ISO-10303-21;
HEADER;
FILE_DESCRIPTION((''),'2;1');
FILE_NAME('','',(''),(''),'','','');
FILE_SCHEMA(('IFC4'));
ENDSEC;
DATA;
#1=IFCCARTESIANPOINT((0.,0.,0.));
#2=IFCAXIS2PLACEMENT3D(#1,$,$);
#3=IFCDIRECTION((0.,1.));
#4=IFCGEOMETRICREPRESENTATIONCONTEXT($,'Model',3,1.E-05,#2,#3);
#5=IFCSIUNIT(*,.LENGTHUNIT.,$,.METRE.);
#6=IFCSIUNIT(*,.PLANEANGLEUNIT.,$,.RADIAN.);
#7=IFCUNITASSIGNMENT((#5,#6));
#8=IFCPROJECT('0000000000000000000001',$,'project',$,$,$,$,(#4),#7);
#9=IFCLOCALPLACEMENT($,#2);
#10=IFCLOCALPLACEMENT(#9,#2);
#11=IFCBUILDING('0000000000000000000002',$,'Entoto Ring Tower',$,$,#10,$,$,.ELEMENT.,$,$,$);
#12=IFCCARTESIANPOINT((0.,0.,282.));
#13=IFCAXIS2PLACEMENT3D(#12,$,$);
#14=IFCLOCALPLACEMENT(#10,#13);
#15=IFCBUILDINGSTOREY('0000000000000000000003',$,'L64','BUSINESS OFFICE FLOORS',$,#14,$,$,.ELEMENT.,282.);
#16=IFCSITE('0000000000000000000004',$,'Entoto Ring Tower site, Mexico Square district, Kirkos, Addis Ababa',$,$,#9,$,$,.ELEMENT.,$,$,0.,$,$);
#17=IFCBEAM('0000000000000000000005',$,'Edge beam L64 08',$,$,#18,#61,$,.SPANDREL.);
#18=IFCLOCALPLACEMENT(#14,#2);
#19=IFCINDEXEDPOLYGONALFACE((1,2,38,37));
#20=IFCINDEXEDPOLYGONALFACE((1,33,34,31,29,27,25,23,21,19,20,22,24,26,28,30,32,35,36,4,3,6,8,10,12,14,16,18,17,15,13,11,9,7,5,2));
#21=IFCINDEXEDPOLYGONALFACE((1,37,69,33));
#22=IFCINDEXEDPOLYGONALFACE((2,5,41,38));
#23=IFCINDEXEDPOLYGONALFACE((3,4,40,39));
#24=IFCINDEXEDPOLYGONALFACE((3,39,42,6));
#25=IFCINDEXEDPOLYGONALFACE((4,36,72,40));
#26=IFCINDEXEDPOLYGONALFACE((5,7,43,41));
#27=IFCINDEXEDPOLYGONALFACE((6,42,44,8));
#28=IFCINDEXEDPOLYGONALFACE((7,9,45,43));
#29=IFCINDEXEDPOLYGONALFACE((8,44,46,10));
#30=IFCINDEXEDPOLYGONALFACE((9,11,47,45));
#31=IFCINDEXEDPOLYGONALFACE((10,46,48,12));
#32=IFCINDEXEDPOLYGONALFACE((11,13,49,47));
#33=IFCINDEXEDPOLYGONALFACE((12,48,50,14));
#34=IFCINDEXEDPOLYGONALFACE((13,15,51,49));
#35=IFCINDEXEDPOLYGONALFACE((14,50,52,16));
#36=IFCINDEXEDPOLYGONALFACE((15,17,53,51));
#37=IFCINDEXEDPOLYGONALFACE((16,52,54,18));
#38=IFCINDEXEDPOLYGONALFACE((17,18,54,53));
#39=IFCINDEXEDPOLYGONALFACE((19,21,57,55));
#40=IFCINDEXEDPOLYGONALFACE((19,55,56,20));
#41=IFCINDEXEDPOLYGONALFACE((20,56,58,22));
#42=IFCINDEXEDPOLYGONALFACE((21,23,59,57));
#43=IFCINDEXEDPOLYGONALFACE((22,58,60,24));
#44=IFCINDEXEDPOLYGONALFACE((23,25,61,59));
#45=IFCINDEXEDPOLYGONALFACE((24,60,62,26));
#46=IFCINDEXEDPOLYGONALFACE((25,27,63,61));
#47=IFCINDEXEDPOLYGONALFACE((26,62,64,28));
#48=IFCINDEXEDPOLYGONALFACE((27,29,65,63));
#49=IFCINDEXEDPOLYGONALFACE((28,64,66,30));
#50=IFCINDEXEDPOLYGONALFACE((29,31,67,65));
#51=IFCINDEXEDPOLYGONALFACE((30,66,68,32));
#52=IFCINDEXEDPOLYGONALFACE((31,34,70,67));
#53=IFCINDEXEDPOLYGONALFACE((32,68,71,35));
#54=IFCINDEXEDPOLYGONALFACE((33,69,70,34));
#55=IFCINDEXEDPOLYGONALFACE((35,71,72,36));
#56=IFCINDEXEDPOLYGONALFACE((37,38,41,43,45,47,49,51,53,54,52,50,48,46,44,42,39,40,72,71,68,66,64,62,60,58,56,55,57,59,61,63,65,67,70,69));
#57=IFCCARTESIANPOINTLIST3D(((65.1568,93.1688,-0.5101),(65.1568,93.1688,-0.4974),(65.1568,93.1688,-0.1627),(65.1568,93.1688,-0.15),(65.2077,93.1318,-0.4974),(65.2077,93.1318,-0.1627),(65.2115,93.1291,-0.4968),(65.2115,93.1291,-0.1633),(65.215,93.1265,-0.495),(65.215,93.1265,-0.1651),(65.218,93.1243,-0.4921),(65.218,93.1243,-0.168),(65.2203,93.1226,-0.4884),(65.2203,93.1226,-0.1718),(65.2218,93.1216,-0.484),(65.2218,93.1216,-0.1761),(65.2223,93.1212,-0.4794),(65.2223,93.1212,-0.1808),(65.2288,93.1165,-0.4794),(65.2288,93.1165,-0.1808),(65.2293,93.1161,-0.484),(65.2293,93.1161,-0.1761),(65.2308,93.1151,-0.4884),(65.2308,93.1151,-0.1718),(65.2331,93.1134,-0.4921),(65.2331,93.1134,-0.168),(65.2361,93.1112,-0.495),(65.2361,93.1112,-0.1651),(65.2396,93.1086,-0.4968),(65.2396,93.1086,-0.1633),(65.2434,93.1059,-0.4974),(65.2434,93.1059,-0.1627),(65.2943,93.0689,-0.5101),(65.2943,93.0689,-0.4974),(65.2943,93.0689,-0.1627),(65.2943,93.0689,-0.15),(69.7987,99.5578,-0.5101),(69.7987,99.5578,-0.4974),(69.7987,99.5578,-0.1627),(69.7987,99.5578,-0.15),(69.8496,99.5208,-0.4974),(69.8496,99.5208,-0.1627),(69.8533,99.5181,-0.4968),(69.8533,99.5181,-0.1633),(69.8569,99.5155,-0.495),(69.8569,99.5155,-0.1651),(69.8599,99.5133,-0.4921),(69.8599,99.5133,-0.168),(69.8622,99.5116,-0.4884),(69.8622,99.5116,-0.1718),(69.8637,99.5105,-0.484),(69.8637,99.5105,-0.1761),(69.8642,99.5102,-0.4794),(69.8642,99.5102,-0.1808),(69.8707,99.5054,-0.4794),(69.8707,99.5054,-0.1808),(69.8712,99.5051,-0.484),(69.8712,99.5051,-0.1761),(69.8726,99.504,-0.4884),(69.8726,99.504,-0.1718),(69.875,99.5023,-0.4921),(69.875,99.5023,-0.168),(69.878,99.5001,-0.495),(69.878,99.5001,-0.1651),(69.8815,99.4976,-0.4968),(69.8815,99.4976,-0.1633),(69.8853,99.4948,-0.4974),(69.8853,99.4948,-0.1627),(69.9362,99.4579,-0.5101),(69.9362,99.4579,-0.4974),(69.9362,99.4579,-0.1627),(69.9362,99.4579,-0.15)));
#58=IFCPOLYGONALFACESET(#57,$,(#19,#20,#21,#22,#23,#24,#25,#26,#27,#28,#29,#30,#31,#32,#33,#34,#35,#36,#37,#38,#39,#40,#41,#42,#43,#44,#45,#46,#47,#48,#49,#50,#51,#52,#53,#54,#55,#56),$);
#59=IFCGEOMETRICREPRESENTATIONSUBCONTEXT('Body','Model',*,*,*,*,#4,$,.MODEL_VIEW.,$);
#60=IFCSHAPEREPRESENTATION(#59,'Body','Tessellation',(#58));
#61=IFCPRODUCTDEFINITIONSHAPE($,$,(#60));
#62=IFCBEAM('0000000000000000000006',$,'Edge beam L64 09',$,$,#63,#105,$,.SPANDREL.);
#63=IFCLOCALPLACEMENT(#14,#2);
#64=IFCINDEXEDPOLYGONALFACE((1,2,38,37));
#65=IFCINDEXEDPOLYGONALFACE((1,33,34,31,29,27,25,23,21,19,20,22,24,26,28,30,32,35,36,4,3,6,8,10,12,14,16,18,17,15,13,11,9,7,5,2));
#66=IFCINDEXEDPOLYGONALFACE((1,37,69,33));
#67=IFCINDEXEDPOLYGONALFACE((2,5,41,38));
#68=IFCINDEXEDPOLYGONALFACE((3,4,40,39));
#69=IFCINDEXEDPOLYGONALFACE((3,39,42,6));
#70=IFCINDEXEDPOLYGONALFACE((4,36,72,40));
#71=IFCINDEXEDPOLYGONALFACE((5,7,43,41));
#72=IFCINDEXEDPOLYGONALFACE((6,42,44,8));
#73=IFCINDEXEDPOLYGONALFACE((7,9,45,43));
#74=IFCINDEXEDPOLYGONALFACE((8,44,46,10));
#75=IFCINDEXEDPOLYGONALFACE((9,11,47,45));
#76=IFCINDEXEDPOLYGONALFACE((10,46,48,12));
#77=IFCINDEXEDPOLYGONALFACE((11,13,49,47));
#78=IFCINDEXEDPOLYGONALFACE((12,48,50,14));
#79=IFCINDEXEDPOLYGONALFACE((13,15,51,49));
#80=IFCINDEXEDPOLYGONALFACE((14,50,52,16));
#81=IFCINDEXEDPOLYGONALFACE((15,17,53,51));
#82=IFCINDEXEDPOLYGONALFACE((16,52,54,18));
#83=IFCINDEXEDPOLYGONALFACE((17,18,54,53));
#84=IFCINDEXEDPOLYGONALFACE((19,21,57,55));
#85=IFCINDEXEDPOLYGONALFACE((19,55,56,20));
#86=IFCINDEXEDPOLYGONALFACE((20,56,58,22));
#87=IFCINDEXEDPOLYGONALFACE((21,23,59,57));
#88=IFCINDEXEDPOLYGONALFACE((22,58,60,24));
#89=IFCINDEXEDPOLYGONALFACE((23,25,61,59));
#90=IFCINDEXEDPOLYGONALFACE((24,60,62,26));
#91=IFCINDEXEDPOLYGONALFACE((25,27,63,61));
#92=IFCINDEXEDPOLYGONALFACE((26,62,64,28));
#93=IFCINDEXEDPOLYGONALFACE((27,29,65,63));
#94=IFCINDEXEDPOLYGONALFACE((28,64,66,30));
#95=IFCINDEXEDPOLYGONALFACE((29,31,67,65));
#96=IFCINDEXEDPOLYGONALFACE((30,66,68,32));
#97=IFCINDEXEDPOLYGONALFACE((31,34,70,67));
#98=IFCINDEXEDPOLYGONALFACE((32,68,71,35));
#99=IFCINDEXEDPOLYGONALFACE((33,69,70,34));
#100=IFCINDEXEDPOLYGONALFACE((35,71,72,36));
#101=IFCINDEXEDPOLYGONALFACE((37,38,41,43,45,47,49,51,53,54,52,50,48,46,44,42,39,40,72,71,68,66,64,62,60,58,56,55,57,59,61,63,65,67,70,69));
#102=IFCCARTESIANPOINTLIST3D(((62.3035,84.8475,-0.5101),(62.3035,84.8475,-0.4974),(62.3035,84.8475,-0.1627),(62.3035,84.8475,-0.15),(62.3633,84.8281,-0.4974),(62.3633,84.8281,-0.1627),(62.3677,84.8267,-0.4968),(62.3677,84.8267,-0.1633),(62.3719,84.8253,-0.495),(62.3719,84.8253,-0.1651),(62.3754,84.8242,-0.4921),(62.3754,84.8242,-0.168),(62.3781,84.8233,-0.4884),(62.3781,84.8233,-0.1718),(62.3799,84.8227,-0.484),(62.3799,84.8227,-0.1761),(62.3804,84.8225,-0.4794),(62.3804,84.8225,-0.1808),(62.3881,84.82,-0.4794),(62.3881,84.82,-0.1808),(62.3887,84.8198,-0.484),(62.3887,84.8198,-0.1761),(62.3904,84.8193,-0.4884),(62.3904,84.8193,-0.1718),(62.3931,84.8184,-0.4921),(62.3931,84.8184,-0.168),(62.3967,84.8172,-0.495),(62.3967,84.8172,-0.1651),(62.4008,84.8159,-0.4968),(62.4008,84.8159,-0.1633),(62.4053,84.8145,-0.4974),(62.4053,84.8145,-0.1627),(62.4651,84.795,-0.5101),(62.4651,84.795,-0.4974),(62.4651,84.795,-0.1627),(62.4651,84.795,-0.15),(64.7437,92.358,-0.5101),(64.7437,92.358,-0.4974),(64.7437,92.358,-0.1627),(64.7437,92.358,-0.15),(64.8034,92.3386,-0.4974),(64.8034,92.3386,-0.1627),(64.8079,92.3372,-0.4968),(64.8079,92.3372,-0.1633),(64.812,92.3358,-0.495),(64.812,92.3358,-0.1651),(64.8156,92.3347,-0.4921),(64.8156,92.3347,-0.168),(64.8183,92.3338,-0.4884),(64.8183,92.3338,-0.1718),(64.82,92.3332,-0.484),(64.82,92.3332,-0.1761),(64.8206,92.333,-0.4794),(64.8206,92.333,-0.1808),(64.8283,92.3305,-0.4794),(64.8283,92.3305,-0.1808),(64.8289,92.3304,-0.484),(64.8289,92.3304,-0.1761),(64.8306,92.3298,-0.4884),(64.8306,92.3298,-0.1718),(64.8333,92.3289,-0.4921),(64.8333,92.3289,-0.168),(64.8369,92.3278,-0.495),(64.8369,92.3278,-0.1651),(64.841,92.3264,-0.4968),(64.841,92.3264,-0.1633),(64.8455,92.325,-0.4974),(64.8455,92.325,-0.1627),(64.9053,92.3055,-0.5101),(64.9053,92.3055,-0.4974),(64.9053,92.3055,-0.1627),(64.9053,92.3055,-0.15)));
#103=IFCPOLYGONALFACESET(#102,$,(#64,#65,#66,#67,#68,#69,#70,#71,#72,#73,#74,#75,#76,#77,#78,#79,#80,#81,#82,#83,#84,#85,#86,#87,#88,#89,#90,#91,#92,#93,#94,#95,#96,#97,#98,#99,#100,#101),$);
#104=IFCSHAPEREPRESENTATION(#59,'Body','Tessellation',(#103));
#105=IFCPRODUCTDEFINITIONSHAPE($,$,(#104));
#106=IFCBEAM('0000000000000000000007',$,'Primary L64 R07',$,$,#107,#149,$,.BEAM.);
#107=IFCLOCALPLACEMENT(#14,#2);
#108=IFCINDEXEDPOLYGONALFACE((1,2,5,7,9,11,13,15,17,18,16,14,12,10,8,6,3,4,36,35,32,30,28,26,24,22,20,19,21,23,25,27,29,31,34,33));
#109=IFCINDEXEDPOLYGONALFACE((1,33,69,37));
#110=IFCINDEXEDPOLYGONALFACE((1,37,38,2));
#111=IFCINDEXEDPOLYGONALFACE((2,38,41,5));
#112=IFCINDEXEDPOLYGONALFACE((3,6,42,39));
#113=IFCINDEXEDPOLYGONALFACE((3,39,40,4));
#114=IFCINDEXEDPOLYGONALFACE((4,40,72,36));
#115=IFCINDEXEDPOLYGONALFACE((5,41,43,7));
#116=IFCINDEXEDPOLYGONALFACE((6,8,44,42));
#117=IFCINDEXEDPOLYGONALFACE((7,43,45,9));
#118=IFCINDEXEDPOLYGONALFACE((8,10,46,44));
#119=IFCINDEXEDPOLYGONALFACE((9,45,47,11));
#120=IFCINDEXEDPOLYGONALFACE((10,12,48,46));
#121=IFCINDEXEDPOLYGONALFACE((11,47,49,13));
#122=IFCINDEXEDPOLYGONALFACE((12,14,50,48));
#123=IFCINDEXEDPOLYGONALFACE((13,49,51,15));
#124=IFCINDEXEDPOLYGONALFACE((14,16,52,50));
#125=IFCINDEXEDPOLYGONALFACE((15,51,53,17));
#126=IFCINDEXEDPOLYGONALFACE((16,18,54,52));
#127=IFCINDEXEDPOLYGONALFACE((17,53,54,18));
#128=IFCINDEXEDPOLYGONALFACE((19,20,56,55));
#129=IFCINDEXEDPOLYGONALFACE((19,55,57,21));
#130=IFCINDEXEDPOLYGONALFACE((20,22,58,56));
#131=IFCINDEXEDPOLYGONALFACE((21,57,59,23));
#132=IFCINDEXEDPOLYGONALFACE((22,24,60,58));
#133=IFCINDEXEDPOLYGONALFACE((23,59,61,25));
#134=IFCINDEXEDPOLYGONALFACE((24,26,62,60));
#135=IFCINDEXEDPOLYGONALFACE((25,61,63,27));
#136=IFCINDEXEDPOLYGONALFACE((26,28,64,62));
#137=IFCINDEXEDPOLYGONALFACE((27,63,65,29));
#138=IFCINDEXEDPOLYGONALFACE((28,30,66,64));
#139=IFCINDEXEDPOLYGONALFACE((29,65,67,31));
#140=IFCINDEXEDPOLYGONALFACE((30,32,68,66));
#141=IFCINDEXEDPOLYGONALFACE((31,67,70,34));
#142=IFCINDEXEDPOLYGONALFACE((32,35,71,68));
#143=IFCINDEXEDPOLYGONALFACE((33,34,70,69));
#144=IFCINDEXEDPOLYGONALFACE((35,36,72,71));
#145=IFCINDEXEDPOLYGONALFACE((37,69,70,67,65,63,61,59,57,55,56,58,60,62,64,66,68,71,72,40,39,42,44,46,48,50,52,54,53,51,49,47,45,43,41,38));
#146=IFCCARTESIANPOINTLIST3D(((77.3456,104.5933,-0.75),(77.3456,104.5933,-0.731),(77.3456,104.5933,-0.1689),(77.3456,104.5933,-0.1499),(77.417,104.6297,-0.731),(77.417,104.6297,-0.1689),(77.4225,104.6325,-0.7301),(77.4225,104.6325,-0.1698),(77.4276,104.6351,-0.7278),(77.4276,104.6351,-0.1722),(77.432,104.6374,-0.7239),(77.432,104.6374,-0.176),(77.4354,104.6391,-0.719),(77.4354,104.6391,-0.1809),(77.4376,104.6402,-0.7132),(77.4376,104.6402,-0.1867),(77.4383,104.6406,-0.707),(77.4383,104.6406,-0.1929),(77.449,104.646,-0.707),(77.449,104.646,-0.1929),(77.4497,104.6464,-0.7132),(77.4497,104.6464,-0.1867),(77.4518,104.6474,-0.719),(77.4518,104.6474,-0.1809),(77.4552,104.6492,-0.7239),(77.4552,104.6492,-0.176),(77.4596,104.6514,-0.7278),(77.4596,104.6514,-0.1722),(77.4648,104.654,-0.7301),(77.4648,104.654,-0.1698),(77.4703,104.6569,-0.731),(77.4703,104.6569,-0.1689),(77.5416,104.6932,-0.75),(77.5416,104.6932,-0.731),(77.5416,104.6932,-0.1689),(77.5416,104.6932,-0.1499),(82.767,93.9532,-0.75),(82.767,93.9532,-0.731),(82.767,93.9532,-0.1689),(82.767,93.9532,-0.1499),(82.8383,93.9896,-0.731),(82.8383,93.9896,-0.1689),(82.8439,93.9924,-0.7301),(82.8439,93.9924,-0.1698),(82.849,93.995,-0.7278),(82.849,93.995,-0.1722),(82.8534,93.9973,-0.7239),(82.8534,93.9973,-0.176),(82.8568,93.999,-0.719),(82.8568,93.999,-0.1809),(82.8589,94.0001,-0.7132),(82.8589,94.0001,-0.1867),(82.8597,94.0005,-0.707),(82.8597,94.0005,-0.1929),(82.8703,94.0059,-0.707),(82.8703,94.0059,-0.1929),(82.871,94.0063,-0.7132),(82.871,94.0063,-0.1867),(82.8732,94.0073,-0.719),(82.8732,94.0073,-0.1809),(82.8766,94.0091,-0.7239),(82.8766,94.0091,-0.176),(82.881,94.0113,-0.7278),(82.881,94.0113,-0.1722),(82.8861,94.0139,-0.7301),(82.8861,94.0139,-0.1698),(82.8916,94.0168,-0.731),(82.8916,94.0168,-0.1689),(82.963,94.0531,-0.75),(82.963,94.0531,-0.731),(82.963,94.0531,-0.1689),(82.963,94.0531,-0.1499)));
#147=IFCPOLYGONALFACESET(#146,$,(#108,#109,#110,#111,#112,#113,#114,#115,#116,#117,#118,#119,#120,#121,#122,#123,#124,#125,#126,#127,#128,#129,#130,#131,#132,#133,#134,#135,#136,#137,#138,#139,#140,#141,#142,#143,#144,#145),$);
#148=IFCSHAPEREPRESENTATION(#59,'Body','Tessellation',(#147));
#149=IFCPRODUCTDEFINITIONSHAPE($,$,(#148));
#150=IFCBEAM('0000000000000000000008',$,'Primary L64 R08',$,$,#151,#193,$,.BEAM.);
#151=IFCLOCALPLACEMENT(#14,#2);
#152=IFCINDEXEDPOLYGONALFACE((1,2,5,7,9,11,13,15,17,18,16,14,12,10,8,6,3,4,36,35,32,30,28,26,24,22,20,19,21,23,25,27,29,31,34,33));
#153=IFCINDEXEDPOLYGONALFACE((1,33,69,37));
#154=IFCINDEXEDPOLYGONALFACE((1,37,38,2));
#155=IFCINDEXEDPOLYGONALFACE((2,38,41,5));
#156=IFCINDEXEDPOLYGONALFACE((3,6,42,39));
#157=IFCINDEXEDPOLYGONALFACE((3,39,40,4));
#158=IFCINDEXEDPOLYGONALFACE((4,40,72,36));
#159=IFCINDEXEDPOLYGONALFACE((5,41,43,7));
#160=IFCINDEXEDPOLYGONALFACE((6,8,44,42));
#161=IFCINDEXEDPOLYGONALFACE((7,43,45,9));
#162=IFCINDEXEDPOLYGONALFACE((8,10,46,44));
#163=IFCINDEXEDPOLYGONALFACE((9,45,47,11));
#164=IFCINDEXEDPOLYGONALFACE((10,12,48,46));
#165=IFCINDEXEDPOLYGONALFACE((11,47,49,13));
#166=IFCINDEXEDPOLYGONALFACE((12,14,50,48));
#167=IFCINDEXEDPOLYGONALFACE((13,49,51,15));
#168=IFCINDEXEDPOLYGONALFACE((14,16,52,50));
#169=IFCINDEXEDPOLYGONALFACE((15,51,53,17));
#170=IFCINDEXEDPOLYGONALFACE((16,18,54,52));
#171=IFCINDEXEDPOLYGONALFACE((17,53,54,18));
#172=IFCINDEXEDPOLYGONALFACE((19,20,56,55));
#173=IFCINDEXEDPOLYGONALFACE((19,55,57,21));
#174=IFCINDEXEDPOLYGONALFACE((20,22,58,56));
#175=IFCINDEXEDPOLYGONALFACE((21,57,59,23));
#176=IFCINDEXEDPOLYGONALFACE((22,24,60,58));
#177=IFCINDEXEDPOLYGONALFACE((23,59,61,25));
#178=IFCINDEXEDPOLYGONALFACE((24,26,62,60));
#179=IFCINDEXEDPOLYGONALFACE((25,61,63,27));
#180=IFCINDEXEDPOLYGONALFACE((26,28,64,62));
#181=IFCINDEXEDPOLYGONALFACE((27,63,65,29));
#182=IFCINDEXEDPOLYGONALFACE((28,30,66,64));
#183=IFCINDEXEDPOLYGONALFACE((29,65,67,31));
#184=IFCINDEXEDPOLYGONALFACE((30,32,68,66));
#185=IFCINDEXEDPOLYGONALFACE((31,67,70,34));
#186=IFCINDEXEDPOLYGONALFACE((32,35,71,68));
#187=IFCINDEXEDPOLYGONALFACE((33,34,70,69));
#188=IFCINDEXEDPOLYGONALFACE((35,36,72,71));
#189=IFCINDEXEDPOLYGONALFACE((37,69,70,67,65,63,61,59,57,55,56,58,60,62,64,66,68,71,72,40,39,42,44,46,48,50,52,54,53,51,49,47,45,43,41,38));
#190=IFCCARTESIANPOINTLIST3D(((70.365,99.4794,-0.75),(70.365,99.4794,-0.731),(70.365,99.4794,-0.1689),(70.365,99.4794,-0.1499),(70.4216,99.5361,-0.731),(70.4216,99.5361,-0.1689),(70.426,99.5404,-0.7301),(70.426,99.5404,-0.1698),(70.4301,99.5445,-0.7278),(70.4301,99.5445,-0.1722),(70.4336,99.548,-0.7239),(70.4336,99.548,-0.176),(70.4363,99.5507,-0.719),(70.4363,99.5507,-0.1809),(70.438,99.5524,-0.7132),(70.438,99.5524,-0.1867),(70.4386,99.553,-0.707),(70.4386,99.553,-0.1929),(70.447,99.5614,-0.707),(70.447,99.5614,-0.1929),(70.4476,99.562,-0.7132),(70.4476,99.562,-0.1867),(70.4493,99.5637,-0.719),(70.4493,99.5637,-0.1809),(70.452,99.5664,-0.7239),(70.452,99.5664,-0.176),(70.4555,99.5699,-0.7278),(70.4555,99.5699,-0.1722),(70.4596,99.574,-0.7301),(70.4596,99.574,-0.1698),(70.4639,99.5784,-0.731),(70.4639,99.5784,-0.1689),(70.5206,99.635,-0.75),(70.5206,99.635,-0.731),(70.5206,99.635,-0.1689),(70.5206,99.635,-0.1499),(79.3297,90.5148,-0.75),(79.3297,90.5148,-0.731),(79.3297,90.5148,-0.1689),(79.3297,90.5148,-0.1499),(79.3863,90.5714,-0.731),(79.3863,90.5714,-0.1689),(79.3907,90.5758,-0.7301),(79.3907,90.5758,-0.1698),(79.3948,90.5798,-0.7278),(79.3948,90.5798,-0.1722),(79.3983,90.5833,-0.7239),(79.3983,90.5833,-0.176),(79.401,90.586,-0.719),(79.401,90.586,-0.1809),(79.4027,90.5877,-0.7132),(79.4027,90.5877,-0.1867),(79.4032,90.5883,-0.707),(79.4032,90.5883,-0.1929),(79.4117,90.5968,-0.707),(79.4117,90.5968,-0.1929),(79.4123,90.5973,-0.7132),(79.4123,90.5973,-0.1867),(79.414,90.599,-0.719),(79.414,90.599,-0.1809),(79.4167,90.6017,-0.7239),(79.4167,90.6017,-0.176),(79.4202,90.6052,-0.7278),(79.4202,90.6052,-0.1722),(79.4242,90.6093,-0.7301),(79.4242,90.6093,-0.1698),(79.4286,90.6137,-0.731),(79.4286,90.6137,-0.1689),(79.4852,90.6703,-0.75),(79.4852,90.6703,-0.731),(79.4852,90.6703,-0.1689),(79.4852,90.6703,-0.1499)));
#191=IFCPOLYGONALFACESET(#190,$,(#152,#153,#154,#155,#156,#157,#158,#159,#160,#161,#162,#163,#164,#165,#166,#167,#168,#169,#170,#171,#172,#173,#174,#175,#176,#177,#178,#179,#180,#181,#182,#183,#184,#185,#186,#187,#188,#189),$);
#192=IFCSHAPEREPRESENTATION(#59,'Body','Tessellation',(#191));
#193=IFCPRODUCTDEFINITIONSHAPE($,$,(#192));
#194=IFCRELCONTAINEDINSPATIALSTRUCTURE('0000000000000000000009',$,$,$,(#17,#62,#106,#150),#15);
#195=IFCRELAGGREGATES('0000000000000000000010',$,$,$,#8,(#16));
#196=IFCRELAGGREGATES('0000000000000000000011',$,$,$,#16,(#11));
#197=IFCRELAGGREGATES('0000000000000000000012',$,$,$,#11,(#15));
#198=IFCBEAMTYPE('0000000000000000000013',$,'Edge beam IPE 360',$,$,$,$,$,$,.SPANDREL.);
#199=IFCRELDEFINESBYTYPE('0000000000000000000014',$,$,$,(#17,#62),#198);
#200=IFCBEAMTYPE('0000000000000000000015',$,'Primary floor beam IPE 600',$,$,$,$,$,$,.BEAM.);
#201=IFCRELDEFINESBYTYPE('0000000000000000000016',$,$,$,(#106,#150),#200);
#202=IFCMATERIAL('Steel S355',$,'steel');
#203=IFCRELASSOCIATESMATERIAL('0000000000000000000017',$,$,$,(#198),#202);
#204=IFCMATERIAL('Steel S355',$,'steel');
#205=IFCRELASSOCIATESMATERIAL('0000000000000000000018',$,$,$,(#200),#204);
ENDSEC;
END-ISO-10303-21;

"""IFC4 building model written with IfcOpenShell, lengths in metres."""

from ifc_helpers import new_model, si_unit, direction, frame, origin, origin_2d, place, context, subcontext, project, spatial, i_section, extrude, material, material_profile, profile_set, type_object, element, save


model = new_model("IFC4")

# Units and contexts
model_context = context("Model", 3, precision=1e-05, world=origin(), true_north=direction((0.0, 1.0)))
body_context = subcontext(model_context, "Body", "Model", "MODEL_VIEW")
ifc_project = project(units=[si_unit("LENGTHUNIT", "METRE"), si_unit("PLANEANGLEUNIT", "RADIAN")], contexts=[model_context])

# Site, building, storey
site_placement = place(None, origin())
site = spatial("IfcSite", under=ifc_project, at=site_placement, Name="Entoto Ring Tower site, Mexico Square district, Kirkos, Addis Ababa", CompositionType="ELEMENT", RefElevation=0.0)
building_placement = place(site_placement, origin())
building = spatial("IfcBuilding", under=site, at=building_placement, Name="Entoto Ring Tower", CompositionType="ELEMENT")
storey_placement = place(building_placement, frame((0.0, 0.0, 282.0)))
storey = spatial("IfcBuildingStorey", under=building, at=storey_placement, Name="L64", Description="BUSINESS OFFICE FLOORS", CompositionType="ELEMENT", Elevation=282.0)

# Beams
ifc_material_1 = material(Name="Steel S355", Category="steel")
ifc_material_profile_1 = material_profile(ifc_material_1, i_section(OverallWidth=0.1699, OverallDepth=0.3601, WebThickness=0.0081, FlangeThickness=0.0127, FilletRadius=0.0181, at=origin_2d()), Name="IPE 360")
ifc_profile_set_1 = profile_set([ifc_material_profile_1], Name="Steel S355")
beam_type_1 = type_object("IfcBeamType", Name="Edge beam IPE 360", PredefinedType="SPANDREL", material=ifc_profile_set_1)
for number, where, z_axis, x_axis, name in (
    (1, (69.8674, 99.5078, -0.3301), (-0.587787, -0.809015, 0.0), (0.809015, -0.587787, 0.0), "Edge beam L64 08"),
):
    element("IfcBeam", number, at=place(storey_placement, frame(where, z_axis=z_axis, x_axis=x_axis)), inside=storey, type_object=beam_type_1, Name=name, PredefinedType="SPANDREL", context=body_context, shape_type="SweptSolid", body=[
        extrude(i_section(OverallWidth=0.1699, OverallDepth=0.3601, WebThickness=0.0081, FlangeThickness=0.0127, FilletRadius=0.0181, at=origin_2d()), origin(), (0.0, 0.0, 1.0), 7.8972),
    ])
beam_1_placement = place(storey_placement, frame((64.8245, 92.3318, -0.3301), z_axis=(-0.309003, -0.951061, 0.0), x_axis=(0.951061, -0.309003, 0.0)))
element("IfcBeam", 2, at=beam_1_placement, inside=storey, type_object=beam_type_1, Name="Edge beam L64 09", PredefinedType="SPANDREL", context=body_context, shape_type="SweptSolid", body=[
    extrude(i_section(OverallWidth=0.1699, OverallDepth=0.3601, WebThickness=0.0081, FlangeThickness=0.0127, FilletRadius=0.0181, at=origin_2d()), origin(), (0.0, 0.0, 1.0), 7.897),
])
ifc_material_2 = material(Name="Steel S355", Category="steel")
ifc_material_profile_2 = material_profile(ifc_material_2, i_section(OverallWidth=0.22, OverallDepth=0.6001, WebThickness=0.012, FlangeThickness=0.019, FilletRadius=0.0239, at=origin_2d()), Name="IPE 600")
ifc_profile_set_2 = profile_set([ifc_material_profile_2], Name="Steel S355")
beam_type_2 = type_object("IfcBeamType", Name="Primary floor beam IPE 600", PredefinedType="BEAM", material=ifc_profile_set_2)
beam_2_placement = place(storey_placement, frame((82.865, 94.0032, -0.45), z_axis=(-0.453988, 0.891008, 0.0), x_axis=(-0.891008, -0.453988, 0.0)))
element("IfcBeam", 3, at=beam_2_placement, inside=storey, type_object=beam_type_2, Name="Primary L64 R07", PredefinedType="BEAM", context=body_context, shape_type="SweptSolid", body=[
    extrude(i_section(OverallWidth=0.22, OverallDepth=0.6001, WebThickness=0.012, FlangeThickness=0.019, FilletRadius=0.0239, at=origin_2d()), origin(), (0.0, 0.0, 1.0), 11.9417),
])
beam_3_placement = place(storey_placement, frame((79.4075, 90.5925, -0.45), z_axis=(-0.707107, 0.707107, 0.0), x_axis=(-0.707107, -0.707107, 0.0)))
element("IfcBeam", 4, at=beam_3_placement, inside=storey, type_object=beam_type_2, Name="Primary L64 R08", PredefinedType="BEAM", context=body_context, shape_type="SweptSolid", body=[
    extrude(i_section(OverallWidth=0.22, OverallDepth=0.6001, WebThickness=0.012, FlangeThickness=0.019, FilletRadius=0.0239, at=origin_2d()), origin(), (0.0, 0.0, 1.0), 12.678),
])

save(model, "model.ifc")
